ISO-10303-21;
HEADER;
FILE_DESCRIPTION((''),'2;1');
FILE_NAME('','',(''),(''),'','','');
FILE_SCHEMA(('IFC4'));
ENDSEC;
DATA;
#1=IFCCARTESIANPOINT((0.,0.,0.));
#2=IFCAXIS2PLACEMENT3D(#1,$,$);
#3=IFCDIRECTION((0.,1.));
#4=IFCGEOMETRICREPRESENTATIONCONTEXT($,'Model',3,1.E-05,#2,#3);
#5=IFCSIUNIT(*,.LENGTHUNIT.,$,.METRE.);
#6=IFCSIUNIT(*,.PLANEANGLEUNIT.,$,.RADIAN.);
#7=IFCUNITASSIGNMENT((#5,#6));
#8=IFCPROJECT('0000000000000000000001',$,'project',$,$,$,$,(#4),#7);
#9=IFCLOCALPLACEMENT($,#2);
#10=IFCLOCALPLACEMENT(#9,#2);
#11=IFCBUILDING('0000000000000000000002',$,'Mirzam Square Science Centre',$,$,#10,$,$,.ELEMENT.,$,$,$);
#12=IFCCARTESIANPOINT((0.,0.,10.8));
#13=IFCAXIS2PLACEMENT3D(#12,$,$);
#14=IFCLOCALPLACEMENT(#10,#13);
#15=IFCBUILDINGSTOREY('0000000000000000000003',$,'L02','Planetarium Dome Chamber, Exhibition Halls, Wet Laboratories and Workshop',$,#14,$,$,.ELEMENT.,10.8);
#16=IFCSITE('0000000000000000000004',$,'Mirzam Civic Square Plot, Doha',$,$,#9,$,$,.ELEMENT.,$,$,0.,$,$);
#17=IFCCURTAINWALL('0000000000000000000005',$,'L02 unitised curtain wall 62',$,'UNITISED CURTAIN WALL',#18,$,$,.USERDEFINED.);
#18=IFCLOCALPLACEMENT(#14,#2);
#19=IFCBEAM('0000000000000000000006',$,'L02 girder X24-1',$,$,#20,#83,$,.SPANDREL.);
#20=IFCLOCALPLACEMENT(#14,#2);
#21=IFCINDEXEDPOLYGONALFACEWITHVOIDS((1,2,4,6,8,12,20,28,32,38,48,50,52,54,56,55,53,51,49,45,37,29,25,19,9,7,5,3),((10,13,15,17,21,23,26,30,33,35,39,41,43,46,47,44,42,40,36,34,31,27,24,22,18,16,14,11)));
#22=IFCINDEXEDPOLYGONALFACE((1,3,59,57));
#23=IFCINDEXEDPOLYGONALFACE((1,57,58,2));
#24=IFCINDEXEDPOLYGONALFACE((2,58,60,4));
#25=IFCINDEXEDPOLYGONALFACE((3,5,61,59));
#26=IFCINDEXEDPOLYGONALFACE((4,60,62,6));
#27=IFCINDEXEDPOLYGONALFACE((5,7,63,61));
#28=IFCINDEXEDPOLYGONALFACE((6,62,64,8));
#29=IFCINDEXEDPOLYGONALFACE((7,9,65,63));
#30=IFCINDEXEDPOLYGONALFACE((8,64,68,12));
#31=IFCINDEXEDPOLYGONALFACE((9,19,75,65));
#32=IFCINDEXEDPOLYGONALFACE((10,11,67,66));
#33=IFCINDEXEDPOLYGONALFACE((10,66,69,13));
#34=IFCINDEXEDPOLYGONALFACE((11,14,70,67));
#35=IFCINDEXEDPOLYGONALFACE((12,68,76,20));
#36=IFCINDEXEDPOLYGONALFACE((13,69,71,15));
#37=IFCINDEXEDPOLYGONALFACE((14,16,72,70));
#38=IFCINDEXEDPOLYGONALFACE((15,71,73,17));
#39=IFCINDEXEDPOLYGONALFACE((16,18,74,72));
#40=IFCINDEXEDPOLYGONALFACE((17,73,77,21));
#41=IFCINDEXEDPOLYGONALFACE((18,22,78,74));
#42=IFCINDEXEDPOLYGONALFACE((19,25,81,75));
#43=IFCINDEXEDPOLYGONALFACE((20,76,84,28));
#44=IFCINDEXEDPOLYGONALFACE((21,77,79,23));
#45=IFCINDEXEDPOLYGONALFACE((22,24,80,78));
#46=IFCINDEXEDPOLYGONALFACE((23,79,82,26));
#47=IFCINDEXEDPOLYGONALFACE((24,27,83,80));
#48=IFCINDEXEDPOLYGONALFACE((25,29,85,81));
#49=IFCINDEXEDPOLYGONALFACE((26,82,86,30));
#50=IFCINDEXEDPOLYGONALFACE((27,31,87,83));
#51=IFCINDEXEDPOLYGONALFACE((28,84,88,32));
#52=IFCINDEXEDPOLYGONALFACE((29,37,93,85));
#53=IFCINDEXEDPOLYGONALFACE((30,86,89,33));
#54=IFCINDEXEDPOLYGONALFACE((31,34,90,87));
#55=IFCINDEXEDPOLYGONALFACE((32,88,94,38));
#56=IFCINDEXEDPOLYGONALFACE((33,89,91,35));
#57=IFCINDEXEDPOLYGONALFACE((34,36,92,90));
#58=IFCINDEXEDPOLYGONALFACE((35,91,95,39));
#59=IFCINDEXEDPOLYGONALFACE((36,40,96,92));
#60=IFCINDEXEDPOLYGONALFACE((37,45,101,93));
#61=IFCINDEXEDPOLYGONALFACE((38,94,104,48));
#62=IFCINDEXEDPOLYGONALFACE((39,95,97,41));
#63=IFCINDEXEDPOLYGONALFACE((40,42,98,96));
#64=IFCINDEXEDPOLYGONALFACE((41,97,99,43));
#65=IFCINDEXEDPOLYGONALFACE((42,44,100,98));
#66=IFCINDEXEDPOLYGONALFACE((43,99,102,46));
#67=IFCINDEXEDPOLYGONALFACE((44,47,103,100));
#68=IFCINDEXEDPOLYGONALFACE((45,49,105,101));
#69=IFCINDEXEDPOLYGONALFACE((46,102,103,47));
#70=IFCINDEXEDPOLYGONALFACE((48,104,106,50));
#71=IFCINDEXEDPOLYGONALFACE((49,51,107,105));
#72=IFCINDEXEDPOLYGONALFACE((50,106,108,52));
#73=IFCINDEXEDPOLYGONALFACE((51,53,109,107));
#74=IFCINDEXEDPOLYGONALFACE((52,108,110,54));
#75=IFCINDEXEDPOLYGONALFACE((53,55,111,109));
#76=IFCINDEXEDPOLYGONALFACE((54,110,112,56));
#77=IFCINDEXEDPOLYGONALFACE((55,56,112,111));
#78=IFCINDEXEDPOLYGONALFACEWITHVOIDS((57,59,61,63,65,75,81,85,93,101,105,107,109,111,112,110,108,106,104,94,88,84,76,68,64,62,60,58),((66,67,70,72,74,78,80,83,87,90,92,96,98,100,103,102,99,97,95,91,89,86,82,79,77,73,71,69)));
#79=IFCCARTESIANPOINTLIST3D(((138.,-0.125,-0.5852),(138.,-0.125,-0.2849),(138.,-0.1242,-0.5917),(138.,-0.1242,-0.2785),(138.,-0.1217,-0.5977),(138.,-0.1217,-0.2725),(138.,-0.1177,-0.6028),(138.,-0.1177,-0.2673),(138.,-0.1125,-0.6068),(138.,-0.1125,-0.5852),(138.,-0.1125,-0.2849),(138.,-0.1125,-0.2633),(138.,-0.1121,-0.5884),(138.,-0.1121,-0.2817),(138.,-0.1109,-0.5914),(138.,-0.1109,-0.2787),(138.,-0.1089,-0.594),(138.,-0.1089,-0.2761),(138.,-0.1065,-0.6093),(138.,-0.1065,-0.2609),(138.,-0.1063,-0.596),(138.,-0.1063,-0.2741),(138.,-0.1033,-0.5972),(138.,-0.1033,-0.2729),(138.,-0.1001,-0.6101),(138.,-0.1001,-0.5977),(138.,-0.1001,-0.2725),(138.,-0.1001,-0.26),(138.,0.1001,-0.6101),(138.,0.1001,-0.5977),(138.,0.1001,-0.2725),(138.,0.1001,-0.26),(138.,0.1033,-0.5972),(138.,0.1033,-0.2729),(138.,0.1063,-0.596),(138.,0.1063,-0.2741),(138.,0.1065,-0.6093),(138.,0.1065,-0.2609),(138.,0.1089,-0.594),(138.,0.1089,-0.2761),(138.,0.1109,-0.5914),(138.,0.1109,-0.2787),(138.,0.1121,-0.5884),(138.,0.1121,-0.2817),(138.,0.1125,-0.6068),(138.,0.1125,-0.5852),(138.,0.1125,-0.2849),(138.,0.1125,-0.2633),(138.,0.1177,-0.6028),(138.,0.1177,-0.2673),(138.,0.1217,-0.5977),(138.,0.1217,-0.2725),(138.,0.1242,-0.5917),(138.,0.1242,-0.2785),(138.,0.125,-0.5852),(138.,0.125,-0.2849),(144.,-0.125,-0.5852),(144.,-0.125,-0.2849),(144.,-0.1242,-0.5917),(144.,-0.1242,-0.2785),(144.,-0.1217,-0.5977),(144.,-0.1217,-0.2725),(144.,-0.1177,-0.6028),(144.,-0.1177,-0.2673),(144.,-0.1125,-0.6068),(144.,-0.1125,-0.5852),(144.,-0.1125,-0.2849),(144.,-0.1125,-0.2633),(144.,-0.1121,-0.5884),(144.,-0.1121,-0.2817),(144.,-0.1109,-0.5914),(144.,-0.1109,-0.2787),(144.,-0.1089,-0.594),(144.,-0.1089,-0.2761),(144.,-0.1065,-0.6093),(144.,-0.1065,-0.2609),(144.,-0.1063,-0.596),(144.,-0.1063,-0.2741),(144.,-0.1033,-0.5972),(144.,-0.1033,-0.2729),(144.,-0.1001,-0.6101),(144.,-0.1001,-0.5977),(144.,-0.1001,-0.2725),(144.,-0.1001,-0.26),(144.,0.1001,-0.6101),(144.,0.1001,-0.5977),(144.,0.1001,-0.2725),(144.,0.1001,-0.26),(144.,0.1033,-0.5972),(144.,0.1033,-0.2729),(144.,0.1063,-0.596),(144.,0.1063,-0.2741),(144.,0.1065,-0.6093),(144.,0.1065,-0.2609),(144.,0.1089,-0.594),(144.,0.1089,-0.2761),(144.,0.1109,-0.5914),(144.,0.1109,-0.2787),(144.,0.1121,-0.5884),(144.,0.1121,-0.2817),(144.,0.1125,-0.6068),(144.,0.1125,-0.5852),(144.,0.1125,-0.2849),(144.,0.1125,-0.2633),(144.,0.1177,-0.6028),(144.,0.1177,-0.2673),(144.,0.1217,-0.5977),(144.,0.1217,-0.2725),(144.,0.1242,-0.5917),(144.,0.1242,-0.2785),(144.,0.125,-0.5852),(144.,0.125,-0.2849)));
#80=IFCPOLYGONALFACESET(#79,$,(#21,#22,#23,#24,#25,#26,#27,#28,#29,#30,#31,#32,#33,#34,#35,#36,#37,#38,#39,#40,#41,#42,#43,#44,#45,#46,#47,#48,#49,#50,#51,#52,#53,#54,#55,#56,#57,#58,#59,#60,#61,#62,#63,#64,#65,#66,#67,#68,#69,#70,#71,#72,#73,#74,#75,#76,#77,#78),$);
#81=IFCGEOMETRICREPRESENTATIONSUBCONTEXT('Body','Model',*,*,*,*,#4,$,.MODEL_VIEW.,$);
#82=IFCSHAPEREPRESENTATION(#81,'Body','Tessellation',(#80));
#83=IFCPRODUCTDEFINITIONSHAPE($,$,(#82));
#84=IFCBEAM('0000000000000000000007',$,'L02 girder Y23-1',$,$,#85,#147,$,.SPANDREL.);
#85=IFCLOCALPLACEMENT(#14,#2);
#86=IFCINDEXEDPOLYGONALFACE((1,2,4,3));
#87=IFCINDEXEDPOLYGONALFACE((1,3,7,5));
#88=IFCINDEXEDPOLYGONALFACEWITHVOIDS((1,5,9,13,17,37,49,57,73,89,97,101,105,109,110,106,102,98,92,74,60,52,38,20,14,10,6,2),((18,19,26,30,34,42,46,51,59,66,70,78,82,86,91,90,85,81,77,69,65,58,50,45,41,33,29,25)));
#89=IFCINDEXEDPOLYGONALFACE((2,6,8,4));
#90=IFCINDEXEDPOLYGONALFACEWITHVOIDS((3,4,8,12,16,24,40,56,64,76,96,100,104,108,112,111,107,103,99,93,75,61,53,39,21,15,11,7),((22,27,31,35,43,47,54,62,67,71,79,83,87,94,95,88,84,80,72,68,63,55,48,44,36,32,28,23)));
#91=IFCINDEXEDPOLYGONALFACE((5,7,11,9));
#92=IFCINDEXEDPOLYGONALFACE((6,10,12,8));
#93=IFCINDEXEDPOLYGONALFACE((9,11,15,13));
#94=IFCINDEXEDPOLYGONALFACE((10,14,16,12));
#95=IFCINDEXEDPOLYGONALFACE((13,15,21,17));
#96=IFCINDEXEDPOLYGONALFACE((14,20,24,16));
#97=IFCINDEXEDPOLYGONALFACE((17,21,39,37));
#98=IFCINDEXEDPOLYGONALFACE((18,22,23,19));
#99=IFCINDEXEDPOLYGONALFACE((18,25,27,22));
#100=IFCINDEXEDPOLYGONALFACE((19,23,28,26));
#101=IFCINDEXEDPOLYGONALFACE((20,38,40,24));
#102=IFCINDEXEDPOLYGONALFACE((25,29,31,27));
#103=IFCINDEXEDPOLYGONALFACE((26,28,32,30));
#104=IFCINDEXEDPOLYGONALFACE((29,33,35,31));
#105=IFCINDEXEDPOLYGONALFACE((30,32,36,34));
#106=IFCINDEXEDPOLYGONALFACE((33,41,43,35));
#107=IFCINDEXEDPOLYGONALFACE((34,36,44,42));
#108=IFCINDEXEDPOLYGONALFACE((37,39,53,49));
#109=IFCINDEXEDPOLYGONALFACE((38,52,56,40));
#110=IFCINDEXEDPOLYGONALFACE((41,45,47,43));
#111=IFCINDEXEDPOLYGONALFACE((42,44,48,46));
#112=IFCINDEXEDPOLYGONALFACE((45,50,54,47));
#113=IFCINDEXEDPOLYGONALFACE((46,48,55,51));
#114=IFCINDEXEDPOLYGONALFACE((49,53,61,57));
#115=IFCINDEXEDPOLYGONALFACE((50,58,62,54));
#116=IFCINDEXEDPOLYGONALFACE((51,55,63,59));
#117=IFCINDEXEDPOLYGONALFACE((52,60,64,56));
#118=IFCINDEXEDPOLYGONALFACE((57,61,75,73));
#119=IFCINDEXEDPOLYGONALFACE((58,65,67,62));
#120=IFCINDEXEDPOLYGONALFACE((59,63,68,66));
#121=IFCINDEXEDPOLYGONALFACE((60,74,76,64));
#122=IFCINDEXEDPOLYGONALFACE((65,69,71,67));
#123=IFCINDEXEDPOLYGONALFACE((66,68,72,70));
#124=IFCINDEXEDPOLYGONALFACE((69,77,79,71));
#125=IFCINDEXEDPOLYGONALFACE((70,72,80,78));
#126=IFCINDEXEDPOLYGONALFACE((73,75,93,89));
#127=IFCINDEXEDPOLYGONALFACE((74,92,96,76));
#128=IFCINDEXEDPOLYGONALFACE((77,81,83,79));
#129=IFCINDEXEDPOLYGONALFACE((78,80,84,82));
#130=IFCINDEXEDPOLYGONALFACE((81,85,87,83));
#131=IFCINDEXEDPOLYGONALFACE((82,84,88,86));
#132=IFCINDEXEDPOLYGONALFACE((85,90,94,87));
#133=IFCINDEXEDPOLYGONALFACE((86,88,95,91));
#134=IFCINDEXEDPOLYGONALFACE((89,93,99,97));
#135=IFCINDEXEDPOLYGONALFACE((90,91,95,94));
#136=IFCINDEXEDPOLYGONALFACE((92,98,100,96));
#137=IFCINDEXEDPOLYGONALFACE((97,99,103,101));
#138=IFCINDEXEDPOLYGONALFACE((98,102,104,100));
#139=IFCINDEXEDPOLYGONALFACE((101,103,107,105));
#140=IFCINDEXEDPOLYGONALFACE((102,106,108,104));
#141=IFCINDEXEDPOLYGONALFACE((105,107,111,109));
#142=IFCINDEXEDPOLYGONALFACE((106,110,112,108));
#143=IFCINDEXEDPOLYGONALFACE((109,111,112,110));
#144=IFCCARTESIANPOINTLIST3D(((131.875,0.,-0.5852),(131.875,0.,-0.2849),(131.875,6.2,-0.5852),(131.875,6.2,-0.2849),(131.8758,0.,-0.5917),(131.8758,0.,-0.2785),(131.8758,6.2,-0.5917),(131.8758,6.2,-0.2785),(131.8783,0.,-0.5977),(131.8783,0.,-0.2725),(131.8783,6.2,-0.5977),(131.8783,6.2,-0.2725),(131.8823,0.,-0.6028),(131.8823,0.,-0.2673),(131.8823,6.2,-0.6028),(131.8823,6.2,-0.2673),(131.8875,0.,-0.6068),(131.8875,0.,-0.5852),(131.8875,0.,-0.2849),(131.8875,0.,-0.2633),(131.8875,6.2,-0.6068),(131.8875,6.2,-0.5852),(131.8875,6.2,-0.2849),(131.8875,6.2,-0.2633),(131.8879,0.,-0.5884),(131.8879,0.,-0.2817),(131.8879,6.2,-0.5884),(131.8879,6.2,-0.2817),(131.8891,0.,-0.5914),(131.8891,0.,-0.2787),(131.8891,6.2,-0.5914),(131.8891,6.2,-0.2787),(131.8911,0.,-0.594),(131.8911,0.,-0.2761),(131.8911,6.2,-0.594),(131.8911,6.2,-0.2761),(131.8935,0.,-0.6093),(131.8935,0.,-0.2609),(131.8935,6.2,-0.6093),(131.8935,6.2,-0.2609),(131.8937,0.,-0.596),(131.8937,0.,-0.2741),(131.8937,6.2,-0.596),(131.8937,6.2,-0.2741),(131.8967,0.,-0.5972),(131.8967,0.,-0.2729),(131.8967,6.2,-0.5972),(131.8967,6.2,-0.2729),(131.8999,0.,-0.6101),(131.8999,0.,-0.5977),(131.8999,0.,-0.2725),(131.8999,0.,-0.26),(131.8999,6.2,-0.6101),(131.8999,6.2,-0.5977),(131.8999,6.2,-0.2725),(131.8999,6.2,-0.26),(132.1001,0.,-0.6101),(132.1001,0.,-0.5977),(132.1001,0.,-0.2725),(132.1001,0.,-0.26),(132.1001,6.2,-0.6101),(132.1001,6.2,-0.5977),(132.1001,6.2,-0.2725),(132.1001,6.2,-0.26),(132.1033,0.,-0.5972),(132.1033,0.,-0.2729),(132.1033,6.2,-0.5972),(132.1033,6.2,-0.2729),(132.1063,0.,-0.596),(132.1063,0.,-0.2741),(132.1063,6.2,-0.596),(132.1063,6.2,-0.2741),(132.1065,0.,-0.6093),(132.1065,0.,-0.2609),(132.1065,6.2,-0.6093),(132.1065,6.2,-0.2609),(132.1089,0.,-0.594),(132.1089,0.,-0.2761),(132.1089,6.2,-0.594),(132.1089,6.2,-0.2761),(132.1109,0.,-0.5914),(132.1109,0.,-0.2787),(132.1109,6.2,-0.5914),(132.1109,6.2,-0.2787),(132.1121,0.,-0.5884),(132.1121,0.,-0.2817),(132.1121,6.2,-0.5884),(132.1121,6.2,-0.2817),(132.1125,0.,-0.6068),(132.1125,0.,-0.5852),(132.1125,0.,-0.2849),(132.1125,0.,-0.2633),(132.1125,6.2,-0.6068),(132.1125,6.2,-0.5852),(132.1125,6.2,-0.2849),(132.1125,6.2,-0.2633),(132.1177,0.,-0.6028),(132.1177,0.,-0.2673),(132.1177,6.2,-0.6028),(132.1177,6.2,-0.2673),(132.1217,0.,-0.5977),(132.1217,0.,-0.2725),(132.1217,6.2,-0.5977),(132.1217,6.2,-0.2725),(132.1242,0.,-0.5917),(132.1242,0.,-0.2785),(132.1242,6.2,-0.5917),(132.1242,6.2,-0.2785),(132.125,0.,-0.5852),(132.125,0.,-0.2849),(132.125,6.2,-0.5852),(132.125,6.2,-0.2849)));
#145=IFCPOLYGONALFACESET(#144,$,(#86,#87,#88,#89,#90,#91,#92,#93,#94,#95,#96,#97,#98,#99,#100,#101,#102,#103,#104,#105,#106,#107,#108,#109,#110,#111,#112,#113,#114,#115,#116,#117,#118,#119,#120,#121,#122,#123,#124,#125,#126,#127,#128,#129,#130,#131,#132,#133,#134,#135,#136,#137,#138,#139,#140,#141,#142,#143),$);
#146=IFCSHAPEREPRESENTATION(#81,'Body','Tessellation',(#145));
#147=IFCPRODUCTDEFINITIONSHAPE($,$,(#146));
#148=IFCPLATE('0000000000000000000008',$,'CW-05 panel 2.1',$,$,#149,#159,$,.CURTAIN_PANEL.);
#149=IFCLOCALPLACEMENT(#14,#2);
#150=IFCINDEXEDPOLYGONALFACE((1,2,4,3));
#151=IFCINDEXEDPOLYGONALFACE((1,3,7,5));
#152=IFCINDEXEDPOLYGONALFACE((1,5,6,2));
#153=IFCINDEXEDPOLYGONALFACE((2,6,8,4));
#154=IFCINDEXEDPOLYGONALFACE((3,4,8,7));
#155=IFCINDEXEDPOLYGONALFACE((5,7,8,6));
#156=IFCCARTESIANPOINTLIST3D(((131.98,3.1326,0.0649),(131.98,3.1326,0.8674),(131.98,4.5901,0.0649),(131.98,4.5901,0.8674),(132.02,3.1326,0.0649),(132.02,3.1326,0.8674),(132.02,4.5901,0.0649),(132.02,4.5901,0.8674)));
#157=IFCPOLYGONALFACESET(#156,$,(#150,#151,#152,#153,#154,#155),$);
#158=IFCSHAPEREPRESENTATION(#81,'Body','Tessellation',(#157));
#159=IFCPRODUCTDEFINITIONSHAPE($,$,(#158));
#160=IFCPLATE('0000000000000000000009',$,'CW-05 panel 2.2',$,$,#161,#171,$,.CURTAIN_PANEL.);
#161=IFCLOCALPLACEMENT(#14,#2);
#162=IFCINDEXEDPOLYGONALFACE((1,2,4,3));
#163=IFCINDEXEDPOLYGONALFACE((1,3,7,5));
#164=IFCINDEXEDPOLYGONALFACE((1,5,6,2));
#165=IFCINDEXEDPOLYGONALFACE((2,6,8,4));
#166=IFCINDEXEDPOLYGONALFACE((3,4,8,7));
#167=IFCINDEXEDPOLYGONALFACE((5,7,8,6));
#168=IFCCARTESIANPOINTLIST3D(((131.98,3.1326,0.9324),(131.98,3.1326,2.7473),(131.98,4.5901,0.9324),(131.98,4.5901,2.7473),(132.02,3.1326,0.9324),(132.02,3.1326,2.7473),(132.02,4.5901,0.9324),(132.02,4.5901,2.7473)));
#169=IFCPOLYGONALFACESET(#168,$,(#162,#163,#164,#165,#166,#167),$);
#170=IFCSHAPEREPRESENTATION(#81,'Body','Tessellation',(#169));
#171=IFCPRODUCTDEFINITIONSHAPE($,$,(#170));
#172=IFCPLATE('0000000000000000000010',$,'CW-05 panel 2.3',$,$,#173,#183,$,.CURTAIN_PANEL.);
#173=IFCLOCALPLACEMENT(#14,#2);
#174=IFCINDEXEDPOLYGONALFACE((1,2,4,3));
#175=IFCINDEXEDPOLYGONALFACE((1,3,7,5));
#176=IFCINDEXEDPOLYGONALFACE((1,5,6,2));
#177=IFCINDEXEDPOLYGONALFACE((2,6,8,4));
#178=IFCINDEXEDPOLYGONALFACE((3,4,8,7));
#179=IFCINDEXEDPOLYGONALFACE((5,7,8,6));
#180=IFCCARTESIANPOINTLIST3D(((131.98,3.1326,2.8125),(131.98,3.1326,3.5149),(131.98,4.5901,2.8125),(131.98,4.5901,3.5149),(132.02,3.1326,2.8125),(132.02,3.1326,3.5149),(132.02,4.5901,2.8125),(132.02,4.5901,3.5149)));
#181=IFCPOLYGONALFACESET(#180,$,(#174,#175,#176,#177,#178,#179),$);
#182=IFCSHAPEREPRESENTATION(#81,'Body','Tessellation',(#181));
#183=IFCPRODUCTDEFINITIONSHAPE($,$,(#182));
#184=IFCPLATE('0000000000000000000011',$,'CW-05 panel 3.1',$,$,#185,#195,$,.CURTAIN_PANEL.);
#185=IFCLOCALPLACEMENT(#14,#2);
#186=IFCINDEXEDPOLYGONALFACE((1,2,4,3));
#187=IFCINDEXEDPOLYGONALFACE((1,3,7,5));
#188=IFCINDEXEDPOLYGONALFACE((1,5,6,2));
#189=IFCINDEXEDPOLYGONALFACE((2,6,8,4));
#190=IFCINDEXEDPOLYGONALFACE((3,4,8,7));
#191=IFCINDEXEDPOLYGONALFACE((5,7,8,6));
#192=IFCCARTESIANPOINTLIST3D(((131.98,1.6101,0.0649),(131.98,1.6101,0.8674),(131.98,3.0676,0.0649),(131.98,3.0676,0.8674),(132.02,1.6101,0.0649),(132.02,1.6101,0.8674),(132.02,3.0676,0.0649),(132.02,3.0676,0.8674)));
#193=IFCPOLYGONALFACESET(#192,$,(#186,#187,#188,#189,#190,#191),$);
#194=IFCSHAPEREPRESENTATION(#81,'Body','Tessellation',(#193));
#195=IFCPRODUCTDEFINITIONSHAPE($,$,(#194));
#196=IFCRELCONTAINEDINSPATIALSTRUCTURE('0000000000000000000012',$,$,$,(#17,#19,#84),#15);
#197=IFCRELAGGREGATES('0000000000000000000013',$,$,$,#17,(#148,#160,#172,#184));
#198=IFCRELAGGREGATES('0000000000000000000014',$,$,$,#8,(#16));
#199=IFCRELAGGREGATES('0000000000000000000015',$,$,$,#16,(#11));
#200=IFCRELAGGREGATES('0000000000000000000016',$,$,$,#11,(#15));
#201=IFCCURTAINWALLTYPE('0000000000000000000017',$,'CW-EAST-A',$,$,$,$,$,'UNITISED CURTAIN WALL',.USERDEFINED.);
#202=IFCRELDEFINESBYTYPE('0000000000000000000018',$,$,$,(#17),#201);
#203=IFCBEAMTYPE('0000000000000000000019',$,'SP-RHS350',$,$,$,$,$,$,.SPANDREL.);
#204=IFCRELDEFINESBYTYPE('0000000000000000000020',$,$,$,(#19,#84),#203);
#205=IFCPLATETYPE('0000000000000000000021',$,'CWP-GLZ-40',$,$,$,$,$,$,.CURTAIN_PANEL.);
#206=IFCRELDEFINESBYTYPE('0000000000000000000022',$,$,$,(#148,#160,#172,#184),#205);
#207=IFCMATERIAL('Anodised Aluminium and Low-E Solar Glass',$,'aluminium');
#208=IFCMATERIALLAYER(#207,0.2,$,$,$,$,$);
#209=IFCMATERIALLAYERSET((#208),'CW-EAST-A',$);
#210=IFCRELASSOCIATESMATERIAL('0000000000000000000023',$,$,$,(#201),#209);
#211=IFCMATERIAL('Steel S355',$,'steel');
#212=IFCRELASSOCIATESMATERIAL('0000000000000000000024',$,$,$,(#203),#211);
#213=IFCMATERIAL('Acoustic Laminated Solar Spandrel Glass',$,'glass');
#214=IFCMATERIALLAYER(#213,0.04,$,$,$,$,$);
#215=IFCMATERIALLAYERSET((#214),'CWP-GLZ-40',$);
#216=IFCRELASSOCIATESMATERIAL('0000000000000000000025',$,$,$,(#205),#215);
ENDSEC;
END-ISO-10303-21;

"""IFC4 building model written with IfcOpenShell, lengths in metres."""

from ifc_helpers import new_model, si_unit, direction, frame, origin, origin_2d, place, context, subcontext, project, spatial, rectangle, hollow_rectangle, extrude, material, layer, layer_set, material_profile, profile_set, type_object, element, aggregate, save


model = new_model("IFC4")

# Units and contexts
model_context = context("Model", 3, precision=1e-05, world=origin(), true_north=direction((0.0, 1.0)))
body_context = subcontext(model_context, "Body", "Model", "MODEL_VIEW")
ifc_project = project(units=[si_unit("LENGTHUNIT", "METRE"), si_unit("PLANEANGLEUNIT", "RADIAN")], contexts=[model_context])

# Site, building, storey
site_placement = place(None, origin())
site = spatial("IfcSite", under=ifc_project, at=site_placement, Name="Mirzam Civic Square Plot, Doha", CompositionType="ELEMENT", RefElevation=0.0)
building_placement = place(site_placement, origin())
building = spatial("IfcBuilding", under=site, at=building_placement, Name="Mirzam Square Science Centre", CompositionType="ELEMENT")
storey_placement = place(building_placement, frame((0.0, 0.0, 10.8)))
storey = spatial("IfcBuildingStorey", under=building, at=storey_placement, Name="L02", Description="Planetarium Dome Chamber, Exhibition Halls, Wet Laboratories and Workshop", CompositionType="ELEMENT", Elevation=10.8)

# Shared definitions
ifc_material_1 = material(Name="Steel S355", Category="steel")

# Curtain wall
ifc_material_2 = material(Name="Anodised Aluminium and Low-E Solar Glass", Category="aluminium")
ifc_layer_1 = layer(ifc_material_2, 0.2)
ifc_layer_set_1 = layer_set([ifc_layer_1], Name="CW-EAST-A")
curtain_wall_type = type_object("IfcCurtainWallType", Name="CW-EAST-A", ElementType="UNITISED CURTAIN WALL", PredefinedType="USERDEFINED", material=ifc_layer_set_1)
curtain_wall_placement = place(storey_placement, origin())
curtain_wall = element("IfcCurtainWall", 1, at=curtain_wall_placement, inside=storey, type_object=curtain_wall_type, Name="L02 unitised curtain wall 62", ObjectType="UNITISED CURTAIN WALL", PredefinedType="USERDEFINED")

# Beams
ifc_material_profile_1 = material_profile(ifc_material_1, hollow_rectangle(XDim=0.25, YDim=0.3501, WallThickness=0.0125, InnerFilletRadius=0.0125, OuterFilletRadius=0.0249, at=origin_2d()), Name="350x250x12.5RHS")
ifc_profile_set_1 = profile_set([ifc_material_profile_1], Name="Steel S355")
beam_type_1 = type_object("IfcBeamType", Name="SP-RHS350", PredefinedType="SPANDREL", material=ifc_profile_set_1)
for number, where, z_axis, x_axis, name in (
    (2, (138.0, 0.0, -0.4351), (1.0, 0.0, 0.0), (0.0, 1.0, 0.0), "L02 girder X24-1"),
):
    element("IfcBeam", number, at=place(storey_placement, frame(where, z_axis=z_axis, x_axis=x_axis)), inside=storey, type_object=beam_type_1, Name=name, PredefinedType="SPANDREL", context=body_context, shape_type="SweptSolid", body=[
        extrude(hollow_rectangle(XDim=0.25, YDim=0.3501, WallThickness=0.0125, InnerFilletRadius=0.0125, OuterFilletRadius=0.0249, at=origin_2d()), origin(), (0.0, 0.0, 1.0), 6.0),
    ])
beam_1_placement = place(storey_placement, frame((132.0, 0.0, -0.4351), z_axis=(0.0, 1.0, 0.0), x_axis=(-1.0, 0.0, 0.0)))
element("IfcBeam", 3, at=beam_1_placement, inside=storey, type_object=beam_type_1, Name="L02 girder Y23-1", PredefinedType="SPANDREL", context=body_context, shape_type="SweptSolid", body=[
    extrude(hollow_rectangle(XDim=0.25, YDim=0.3501, WallThickness=0.0125, InnerFilletRadius=0.0125, OuterFilletRadius=0.0249, at=origin_2d()), origin(), (0.0, 0.0, 1.0), 6.2),
])

# Plates
ifc_material_3 = material(Name="Acoustic Laminated Solar Spandrel Glass", Category="glass")
ifc_layer_2 = layer(ifc_material_3, 0.04)
ifc_layer_set_2 = layer_set([ifc_layer_2], Name="CWP-GLZ-40")
plate_type = type_object("IfcPlateType", Name="CWP-GLZ-40", PredefinedType="CURTAIN_PANEL", material=ifc_layer_set_2)
plate_1_placement = place(storey_placement, frame((132.0, 3.8613, 0.0649), z_axis=(0.0, 0.0, 1.0), x_axis=(0.0, -1.0, 0.0)))
plate_1 = element("IfcPlate", 4, at=plate_1_placement, type_object=plate_type, Name="CW-05 panel 2.1", PredefinedType="CURTAIN_PANEL", context=body_context, shape_type="SweptSolid", body=[
    extrude(rectangle(XDim=1.4575, YDim=0.04, at=origin_2d()), origin(), (0.0, 0.0, 1.0), 0.8025),
])
plate_2_placement = place(storey_placement, frame((132.0, 3.8613, 0.9324), z_axis=(0.0, 0.0, 1.0), x_axis=(0.0, -1.0, 0.0)))
plate_2 = element("IfcPlate", 5, at=plate_2_placement, type_object=plate_type, Name="CW-05 panel 2.2", PredefinedType="CURTAIN_PANEL", context=body_context, shape_type="SweptSolid", body=[
    extrude(rectangle(XDim=1.4575, YDim=0.04, at=origin_2d()), origin(), (0.0, 0.0, 1.0), 1.8149),
])
plate_3_placement = place(storey_placement, frame((132.0, 3.8613, 2.8125), z_axis=(0.0, 0.0, 1.0), x_axis=(0.0, -1.0, 0.0)))
plate_3 = element("IfcPlate", 6, at=plate_3_placement, type_object=plate_type, Name="CW-05 panel 2.3", PredefinedType="CURTAIN_PANEL", context=body_context, shape_type="SweptSolid", body=[
    extrude(rectangle(XDim=1.4575, YDim=0.04, at=origin_2d()), origin(), (0.0, 0.0, 1.0), 0.7024),
])
plate_4_placement = place(storey_placement, frame((132.0, 2.3389, 0.0649), z_axis=(0.0, 0.0, 1.0), x_axis=(0.0, -1.0, 0.0)))
plate_4 = element("IfcPlate", 7, at=plate_4_placement, type_object=plate_type, Name="CW-05 panel 3.1", PredefinedType="CURTAIN_PANEL", context=body_context, shape_type="SweptSolid", body=[
    extrude(rectangle(XDim=1.4575, YDim=0.04, at=origin_2d()), origin(), (0.0, 0.0, 1.0), 0.8025),
])
aggregate(curtain_wall, [plate_1, plate_2, plate_3, plate_4])

save(model, "model.ifc")
